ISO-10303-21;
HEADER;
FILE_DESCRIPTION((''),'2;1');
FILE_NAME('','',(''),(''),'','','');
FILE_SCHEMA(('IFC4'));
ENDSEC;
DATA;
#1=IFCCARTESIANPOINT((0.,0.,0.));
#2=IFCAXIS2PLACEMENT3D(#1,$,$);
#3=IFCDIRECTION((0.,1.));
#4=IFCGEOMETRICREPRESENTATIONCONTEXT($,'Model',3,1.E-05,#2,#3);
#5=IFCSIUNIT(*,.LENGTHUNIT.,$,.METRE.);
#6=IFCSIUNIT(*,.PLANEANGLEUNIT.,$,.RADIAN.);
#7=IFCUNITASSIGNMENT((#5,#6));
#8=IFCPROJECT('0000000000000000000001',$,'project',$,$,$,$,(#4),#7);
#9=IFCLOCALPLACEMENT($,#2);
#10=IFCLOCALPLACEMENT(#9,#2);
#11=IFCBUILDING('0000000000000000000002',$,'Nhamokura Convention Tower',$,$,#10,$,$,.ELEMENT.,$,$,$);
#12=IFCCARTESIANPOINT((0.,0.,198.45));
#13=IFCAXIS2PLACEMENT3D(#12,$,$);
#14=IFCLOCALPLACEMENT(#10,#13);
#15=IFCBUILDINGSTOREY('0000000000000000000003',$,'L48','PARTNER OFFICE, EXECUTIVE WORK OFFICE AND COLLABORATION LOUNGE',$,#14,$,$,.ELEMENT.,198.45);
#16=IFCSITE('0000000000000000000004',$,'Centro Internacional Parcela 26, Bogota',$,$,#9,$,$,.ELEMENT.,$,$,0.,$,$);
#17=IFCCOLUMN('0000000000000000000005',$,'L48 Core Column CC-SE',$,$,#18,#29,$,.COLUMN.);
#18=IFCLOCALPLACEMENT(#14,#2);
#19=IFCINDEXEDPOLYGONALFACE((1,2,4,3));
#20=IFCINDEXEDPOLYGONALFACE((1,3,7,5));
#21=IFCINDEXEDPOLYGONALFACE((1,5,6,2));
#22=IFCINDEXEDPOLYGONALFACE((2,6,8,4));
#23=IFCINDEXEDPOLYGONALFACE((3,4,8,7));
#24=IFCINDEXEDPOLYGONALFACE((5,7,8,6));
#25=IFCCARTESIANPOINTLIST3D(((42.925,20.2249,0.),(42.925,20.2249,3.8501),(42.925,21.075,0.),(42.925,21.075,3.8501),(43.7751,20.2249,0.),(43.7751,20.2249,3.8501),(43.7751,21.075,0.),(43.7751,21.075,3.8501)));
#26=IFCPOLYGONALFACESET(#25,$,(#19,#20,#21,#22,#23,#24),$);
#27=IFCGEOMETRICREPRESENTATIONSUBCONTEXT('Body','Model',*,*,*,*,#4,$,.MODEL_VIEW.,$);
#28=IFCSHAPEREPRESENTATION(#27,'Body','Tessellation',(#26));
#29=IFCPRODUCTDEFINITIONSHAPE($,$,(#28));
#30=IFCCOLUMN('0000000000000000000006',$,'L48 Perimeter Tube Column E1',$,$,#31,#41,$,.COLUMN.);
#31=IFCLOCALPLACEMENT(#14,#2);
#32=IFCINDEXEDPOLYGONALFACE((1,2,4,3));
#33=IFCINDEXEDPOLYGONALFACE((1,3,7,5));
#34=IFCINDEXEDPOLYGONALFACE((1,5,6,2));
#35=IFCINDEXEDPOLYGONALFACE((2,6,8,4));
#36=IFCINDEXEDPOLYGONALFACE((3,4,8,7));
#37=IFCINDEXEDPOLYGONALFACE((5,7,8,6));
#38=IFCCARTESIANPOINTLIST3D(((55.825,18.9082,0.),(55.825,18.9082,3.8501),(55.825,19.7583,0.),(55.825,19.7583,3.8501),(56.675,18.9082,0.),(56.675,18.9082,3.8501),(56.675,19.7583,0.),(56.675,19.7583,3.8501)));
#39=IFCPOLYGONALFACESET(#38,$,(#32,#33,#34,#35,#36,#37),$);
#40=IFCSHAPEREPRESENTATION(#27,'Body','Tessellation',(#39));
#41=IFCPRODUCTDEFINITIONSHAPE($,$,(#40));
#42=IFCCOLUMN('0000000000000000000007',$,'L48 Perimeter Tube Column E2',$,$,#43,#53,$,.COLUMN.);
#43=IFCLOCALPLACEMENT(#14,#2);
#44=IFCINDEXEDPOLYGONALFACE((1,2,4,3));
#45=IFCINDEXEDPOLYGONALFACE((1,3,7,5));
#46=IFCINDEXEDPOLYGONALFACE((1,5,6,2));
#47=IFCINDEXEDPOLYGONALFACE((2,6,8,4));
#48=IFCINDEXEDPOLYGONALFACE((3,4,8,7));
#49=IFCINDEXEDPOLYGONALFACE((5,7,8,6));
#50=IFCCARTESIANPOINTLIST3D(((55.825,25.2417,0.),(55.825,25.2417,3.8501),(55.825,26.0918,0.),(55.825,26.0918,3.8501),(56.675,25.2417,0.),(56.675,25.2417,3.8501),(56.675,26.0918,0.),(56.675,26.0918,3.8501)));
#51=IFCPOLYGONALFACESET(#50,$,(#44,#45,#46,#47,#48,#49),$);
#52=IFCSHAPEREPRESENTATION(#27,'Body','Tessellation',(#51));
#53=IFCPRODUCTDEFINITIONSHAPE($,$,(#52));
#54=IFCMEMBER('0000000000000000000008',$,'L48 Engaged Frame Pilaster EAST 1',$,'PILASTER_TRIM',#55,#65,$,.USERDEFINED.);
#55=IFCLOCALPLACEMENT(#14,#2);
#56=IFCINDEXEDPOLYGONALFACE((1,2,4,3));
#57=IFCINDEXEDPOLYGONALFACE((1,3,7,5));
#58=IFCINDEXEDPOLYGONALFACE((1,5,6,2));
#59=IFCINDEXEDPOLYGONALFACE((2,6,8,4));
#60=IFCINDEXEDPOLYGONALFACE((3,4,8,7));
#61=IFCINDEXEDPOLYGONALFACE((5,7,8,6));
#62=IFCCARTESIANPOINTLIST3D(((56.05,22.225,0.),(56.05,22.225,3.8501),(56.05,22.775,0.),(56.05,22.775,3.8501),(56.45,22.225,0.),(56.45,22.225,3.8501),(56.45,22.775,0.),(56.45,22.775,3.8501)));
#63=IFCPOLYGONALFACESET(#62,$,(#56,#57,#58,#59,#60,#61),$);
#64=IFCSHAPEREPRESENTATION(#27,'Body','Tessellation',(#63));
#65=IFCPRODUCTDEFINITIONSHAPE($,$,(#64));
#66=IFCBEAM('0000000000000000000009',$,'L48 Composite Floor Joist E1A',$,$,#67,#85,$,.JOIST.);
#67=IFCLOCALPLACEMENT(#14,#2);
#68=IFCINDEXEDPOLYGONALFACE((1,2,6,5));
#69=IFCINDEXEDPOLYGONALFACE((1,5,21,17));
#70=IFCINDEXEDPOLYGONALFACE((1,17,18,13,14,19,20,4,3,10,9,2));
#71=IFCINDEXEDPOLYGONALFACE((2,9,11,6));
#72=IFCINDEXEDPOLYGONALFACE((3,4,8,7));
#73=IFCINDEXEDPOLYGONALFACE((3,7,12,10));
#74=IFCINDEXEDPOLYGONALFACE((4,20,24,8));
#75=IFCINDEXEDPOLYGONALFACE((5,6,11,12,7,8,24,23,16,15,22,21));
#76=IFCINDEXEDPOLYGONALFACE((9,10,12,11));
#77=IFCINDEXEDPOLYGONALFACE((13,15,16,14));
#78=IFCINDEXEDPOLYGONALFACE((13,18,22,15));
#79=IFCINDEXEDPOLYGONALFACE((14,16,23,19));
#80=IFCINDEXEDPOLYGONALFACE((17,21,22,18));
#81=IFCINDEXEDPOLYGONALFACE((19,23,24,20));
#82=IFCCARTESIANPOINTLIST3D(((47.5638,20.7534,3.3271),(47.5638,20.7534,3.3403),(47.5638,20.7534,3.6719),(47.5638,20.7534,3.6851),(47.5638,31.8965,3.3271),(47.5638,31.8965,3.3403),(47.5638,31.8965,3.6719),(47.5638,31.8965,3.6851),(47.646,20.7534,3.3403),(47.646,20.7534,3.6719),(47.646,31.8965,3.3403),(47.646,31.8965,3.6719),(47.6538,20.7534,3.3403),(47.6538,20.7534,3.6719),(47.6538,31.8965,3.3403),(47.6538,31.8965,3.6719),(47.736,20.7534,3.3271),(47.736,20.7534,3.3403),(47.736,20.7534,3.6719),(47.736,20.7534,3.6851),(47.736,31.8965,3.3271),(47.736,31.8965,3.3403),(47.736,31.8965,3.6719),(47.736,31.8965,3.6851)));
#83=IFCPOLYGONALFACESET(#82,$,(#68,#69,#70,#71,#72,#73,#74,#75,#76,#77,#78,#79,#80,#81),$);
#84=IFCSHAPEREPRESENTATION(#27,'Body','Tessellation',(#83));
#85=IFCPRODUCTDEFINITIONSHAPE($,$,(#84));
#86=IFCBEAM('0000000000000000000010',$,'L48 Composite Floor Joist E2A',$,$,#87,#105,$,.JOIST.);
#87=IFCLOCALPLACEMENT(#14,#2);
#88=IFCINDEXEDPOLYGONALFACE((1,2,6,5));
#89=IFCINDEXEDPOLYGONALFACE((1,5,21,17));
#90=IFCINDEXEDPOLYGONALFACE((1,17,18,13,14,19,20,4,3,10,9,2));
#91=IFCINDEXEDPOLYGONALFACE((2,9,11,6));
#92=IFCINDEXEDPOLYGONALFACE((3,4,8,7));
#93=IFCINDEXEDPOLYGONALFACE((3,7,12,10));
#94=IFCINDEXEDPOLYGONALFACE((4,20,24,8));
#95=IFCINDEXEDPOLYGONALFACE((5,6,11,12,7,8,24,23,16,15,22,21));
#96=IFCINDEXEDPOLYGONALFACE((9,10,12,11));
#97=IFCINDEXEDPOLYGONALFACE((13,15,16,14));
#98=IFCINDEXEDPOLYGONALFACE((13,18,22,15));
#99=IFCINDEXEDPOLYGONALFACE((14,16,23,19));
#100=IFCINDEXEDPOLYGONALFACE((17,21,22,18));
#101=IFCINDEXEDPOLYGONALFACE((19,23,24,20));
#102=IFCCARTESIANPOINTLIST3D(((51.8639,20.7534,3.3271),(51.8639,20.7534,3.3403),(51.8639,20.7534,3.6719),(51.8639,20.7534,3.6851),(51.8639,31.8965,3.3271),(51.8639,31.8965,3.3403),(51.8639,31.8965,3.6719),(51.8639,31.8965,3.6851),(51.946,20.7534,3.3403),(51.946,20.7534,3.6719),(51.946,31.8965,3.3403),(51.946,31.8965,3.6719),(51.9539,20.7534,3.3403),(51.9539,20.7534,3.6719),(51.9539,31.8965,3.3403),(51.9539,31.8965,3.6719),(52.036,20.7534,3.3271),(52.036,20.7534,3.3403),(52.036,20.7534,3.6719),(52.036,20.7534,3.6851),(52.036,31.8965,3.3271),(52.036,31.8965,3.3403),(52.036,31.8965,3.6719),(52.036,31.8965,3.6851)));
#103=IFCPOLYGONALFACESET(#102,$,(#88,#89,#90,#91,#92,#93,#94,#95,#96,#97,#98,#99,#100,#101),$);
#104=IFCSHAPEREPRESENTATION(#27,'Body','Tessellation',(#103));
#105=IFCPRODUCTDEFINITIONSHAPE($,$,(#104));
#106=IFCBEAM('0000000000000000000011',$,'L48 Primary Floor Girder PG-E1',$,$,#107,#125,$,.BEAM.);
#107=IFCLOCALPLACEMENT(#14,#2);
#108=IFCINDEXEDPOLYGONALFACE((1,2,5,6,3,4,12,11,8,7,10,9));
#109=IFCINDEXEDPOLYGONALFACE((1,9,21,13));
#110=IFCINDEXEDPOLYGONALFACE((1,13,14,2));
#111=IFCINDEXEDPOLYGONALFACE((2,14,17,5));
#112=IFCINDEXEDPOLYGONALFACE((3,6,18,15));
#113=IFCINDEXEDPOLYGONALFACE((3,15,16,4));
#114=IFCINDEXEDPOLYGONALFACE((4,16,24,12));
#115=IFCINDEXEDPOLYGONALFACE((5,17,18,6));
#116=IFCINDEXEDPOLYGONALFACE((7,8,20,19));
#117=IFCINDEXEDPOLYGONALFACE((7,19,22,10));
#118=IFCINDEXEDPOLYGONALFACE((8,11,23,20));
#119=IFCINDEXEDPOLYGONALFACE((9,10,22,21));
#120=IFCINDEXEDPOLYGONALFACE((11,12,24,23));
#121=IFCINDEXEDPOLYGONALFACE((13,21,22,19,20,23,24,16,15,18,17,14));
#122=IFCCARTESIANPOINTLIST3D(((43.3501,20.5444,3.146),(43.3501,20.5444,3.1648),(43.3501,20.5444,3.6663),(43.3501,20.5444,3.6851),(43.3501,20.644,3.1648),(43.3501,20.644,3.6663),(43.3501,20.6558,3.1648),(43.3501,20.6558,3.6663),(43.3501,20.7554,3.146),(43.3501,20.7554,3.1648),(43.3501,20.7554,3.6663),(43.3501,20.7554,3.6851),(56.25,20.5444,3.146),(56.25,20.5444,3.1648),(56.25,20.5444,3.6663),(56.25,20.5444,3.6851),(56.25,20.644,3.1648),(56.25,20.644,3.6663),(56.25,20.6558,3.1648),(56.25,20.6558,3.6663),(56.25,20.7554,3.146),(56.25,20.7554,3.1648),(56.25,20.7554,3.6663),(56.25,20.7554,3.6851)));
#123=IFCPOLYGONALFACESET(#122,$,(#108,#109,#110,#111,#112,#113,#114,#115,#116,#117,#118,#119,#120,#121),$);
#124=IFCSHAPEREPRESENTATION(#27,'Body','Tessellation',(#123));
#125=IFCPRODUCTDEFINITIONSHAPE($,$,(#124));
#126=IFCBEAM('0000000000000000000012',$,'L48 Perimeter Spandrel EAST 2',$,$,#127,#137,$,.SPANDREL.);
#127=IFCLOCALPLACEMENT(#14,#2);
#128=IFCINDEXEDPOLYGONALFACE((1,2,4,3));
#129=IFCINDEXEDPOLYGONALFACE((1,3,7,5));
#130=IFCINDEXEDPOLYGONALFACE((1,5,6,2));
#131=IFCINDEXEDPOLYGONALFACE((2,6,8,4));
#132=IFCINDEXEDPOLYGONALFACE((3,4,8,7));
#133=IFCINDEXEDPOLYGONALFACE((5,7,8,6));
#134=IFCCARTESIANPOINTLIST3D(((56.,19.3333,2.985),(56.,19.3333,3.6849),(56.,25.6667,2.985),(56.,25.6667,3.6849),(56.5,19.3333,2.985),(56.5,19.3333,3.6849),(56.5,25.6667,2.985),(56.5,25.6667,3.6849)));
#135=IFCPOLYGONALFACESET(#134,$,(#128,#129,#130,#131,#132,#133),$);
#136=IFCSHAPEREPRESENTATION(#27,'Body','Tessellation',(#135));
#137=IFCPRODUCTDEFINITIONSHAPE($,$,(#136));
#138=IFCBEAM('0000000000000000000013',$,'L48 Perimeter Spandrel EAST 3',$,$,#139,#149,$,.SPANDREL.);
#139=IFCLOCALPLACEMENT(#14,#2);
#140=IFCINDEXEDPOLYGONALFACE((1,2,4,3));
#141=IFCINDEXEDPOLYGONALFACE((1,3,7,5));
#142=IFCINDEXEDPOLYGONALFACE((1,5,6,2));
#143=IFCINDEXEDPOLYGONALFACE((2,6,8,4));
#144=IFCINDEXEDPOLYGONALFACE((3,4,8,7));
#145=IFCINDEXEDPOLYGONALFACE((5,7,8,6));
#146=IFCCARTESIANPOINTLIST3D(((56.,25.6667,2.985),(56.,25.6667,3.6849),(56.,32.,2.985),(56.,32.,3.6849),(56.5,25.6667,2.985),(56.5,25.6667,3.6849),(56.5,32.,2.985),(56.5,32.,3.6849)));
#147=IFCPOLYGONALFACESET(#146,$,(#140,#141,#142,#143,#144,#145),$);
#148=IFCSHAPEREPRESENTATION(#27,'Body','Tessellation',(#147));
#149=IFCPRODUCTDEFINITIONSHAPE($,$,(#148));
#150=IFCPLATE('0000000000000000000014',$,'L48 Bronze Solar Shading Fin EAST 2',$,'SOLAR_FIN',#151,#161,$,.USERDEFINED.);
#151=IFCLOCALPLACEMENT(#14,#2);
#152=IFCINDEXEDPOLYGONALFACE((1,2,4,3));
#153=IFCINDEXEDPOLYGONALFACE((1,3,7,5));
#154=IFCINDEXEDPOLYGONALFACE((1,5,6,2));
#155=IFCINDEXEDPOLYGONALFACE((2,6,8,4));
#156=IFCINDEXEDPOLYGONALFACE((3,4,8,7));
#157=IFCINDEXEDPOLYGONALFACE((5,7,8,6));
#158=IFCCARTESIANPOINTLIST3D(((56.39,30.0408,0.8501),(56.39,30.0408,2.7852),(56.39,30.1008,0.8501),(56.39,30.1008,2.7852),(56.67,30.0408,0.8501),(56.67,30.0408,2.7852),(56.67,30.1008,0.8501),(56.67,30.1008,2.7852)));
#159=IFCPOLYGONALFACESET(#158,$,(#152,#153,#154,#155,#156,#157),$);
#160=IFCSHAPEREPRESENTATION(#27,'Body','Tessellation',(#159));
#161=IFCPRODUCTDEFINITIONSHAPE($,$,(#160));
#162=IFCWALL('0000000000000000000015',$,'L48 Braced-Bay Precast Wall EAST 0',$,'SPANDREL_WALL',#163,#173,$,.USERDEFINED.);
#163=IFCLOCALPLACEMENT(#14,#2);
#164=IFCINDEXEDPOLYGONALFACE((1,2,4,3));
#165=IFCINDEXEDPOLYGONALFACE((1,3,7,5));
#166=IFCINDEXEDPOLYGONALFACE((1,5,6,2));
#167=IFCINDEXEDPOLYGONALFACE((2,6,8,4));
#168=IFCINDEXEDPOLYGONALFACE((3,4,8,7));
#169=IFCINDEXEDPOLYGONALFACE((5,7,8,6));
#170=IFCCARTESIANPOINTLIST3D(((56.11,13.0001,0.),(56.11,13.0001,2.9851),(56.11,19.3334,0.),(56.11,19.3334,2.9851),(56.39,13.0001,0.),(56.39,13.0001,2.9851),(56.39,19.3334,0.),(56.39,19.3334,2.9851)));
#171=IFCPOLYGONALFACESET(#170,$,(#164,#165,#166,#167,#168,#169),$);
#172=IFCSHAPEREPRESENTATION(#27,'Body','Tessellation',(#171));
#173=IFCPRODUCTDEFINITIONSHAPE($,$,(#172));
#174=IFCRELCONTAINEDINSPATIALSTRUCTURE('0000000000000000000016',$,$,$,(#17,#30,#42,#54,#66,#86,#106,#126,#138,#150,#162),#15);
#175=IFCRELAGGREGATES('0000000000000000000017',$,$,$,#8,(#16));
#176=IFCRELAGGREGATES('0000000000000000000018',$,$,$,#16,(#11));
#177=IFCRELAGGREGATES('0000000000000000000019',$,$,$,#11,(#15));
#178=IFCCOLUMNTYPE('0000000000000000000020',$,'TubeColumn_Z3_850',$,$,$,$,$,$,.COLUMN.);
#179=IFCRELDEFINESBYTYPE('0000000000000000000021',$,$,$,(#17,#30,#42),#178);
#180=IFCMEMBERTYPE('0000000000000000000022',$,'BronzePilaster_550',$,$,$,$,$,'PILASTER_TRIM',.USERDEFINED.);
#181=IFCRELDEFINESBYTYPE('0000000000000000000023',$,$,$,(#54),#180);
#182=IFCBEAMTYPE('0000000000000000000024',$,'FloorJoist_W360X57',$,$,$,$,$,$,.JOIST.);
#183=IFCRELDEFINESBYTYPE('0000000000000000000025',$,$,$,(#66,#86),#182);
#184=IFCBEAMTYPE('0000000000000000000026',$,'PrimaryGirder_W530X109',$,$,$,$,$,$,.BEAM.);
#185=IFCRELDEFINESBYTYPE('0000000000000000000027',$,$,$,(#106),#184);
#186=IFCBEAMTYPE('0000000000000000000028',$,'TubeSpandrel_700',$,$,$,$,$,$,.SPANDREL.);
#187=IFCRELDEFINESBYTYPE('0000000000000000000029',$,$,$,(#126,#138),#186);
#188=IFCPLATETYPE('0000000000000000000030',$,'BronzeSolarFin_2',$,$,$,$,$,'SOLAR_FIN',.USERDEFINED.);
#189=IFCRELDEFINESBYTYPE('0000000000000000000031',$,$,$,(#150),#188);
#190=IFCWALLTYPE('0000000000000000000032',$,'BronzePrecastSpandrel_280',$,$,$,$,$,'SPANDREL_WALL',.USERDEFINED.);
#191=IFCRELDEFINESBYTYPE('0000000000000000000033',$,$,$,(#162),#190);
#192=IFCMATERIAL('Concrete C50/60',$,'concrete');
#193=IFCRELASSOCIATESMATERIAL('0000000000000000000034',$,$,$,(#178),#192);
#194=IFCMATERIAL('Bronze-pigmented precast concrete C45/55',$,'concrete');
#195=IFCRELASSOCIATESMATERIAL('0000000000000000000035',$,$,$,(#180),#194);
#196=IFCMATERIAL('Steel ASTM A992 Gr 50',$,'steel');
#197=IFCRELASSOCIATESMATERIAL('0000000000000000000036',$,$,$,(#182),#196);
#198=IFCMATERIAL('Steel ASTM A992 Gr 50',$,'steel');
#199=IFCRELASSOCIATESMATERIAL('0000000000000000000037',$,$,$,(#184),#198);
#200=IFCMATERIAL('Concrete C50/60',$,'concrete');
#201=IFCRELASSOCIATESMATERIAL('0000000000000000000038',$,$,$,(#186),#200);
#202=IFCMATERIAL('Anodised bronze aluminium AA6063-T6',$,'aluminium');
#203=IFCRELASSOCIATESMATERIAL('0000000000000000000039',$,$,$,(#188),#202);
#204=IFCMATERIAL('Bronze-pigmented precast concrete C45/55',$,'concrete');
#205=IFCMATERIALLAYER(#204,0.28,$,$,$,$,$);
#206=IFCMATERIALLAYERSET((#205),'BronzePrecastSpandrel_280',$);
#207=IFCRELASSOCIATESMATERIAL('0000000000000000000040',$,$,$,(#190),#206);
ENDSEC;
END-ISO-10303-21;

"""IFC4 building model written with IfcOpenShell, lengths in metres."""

from ifc_helpers import new_model, si_unit, direction, frame, frame_2d, origin, origin_2d, place, context, subcontext, project, spatial, rectangle, i_section, extrude, material, layer, layer_set, material_profile, profile_set, type_object, element, save


model = new_model("IFC4")

# Units and contexts
model_context = context("Model", 3, precision=1e-05, world=origin(), true_north=direction((0.0, 1.0)))
body_context = subcontext(model_context, "Body", "Model", "MODEL_VIEW")
ifc_project = project(units=[si_unit("LENGTHUNIT", "METRE"), si_unit("PLANEANGLEUNIT", "RADIAN")], contexts=[model_context])

# Site, building, storey
site_placement = place(None, origin())
site = spatial("IfcSite", under=ifc_project, at=site_placement, Name="Centro Internacional Parcela 26, Bogota", CompositionType="ELEMENT", RefElevation=0.0)
building_placement = place(site_placement, origin())
building = spatial("IfcBuilding", under=site, at=building_placement, Name="Nhamokura Convention Tower", CompositionType="ELEMENT")
storey_placement = place(building_placement, frame((0.0, 0.0, 198.45)))
storey = spatial("IfcBuildingStorey", under=building, at=storey_placement, Name="L48", Description="PARTNER OFFICE, EXECUTIVE WORK OFFICE AND COLLABORATION LOUNGE", CompositionType="ELEMENT", Elevation=198.45)

# Columns
ifc_material_1 = material(Name="Concrete C50/60", Category="concrete")
ifc_material_profile_1 = material_profile(ifc_material_1, rectangle(XDim=0.8501, YDim=0.8501, at=origin_2d()))
ifc_profile_set_1 = profile_set([ifc_material_profile_1], Name="Concrete C50/60")
column_type = type_object("IfcColumnType", Name="TubeColumn_Z3_850", PredefinedType="COLUMN", material=ifc_profile_set_1)
for number, where, z_axis, x_axis, name in (
    (1, (43.3501, 20.6499, 0.0), (0.0, 0.0, 1.0), (1.0, 0.0, 0.0), "L48 Core Column CC-SE"),
    (2, (56.25, 19.3333, 0.0), (0.0, 0.0, 1.0), (1.0, 0.0, 0.0), "L48 Perimeter Tube Column E1"),
    (3, (56.25, 25.6667, 0.0), (0.0, 0.0, 1.0), (1.0, 0.0, 0.0), "L48 Perimeter Tube Column E2"),
):
    element("IfcColumn", number, at=place(storey_placement, frame(where, z_axis=z_axis, x_axis=x_axis)), inside=storey, type_object=column_type, Name=name, PredefinedType="COLUMN", context=body_context, shape_type="SweptSolid", body=[
        extrude(rectangle(XDim=0.8501, YDim=0.8501, at=origin_2d()), origin(), (0.0, 0.0, 1.0), 3.8501),
    ])

# Member
ifc_material_2 = material(Name="Bronze-pigmented precast concrete C45/55", Category="concrete")
ifc_material_profile_2 = material_profile(ifc_material_2, rectangle(XDim=0.3999, YDim=0.55, at=origin_2d()))
ifc_profile_set_2 = profile_set([ifc_material_profile_2], Name="Bronze-pigmented precast concrete C45/55")
member_type = type_object("IfcMemberType", Name="BronzePilaster_550", ElementType="PILASTER_TRIM", PredefinedType="USERDEFINED", material=ifc_profile_set_2)
member_placement = place(storey_placement, frame((56.25, 22.5, 0.0), z_axis=(0.0, 0.0, 1.0), x_axis=(1.0, 0.0, 0.0)))
element("IfcMember", 4, at=member_placement, inside=storey, type_object=member_type, Name="L48 Engaged Frame Pilaster EAST 1", ObjectType="PILASTER_TRIM", PredefinedType="USERDEFINED", context=body_context, shape_type="SweptSolid", body=[
    extrude(rectangle(XDim=0.3999, YDim=0.55, at=origin_2d()), origin(), (0.0, 0.0, 1.0), 3.8501),
])

# Beams
ifc_material_3 = material(Name="Steel ASTM A992 Gr 50", Category="steel")
ifc_material_profile_3 = material_profile(ifc_material_3, i_section(OverallWidth=0.1721, OverallDepth=0.3579, WebThickness=0.0078, FlangeThickness=0.0132, at=origin_2d()))
ifc_profile_set_3 = profile_set([ifc_material_profile_3], Name="Steel ASTM A992 Gr 50")
beam_type_1 = type_object("IfcBeamType", Name="FloorJoist_W360X57", PredefinedType="JOIST", material=ifc_profile_set_3)
for number, where, z_axis, x_axis, name in (
    (5, (47.6499, 20.7534, 3.5061), (0.0, 1.0, 0.0), (-1.0, 0.0, 0.0), "L48 Composite Floor Joist E1A"),
    (6, (51.95, 20.7534, 3.5061), (0.0, 1.0, 0.0), (-1.0, 0.0, 0.0), "L48 Composite Floor Joist E2A"),
):
    element("IfcBeam", number, at=place(storey_placement, frame(where, z_axis=z_axis, x_axis=x_axis)), inside=storey, type_object=beam_type_1, Name=name, PredefinedType="JOIST", context=body_context, shape_type="SweptSolid", body=[
        extrude(i_section(OverallWidth=0.1721, OverallDepth=0.3579, WebThickness=0.0078, FlangeThickness=0.0132, at=origin_2d()), origin(), (0.0, 0.0, 1.0), 11.1431),
    ])
ifc_material_4 = material(Name="Steel ASTM A992 Gr 50", Category="steel")
ifc_material_profile_4 = material_profile(ifc_material_4, i_section(OverallWidth=0.2109, OverallDepth=0.5391, WebThickness=0.0117, FlangeThickness=0.0188, at=origin_2d()))
ifc_profile_set_4 = profile_set([ifc_material_profile_4], Name="Steel ASTM A992 Gr 50")
beam_type_2 = type_object("IfcBeamType", Name="PrimaryGirder_W530X109", PredefinedType="BEAM", material=ifc_profile_set_4)
beam_1_placement = place(storey_placement, frame((43.3501, 20.6499, 3.4155), z_axis=(1.0, 0.0, 0.0), x_axis=(0.0, 1.0, 0.0)))
element("IfcBeam", 7, at=beam_1_placement, inside=storey, type_object=beam_type_2, Name="L48 Primary Floor Girder PG-E1", PredefinedType="BEAM", context=body_context, shape_type="SweptSolid", body=[
    extrude(i_section(OverallWidth=0.2109, OverallDepth=0.5391, WebThickness=0.0117, FlangeThickness=0.0188, at=origin_2d()), origin(), (0.0, 0.0, 1.0), 12.8999),
])
ifc_material_5 = material(Name="Concrete C50/60", Category="concrete")
ifc_material_profile_5 = material_profile(ifc_material_5, rectangle(XDim=0.5, YDim=0.7, at=origin_2d()))
ifc_profile_set_5 = profile_set([ifc_material_profile_5], Name="Concrete C50/60")
beam_type_3 = type_object("IfcBeamType", Name="TubeSpandrel_700", PredefinedType="SPANDREL", material=ifc_profile_set_5)
beam_2_placement = place(storey_placement, frame((56.25, 19.3333, 3.335), z_axis=(0.0, 1.0, 0.0), x_axis=(-1.0, 0.0, 0.0)))
element("IfcBeam", 8, at=beam_2_placement, inside=storey, type_object=beam_type_3, Name="L48 Perimeter Spandrel EAST 2", PredefinedType="SPANDREL", context=body_context, shape_type="SweptSolid", body=[
    extrude(rectangle(XDim=0.5, YDim=0.7, at=origin_2d()), origin(), (0.0, 0.0, 1.0), 6.3335),
])
beam_3_placement = place(storey_placement, frame((56.25, 25.6667, 3.335), z_axis=(0.0, 1.0, 0.0), x_axis=(-1.0, 0.0, 0.0)))
element("IfcBeam", 9, at=beam_3_placement, inside=storey, type_object=beam_type_3, Name="L48 Perimeter Spandrel EAST 3", PredefinedType="SPANDREL", context=body_context, shape_type="SweptSolid", body=[
    extrude(rectangle(XDim=0.5, YDim=0.7, at=origin_2d()), origin(), (0.0, 0.0, 1.0), 6.3333),
])

# Plate
ifc_material_6 = material(Name="Anodised bronze aluminium AA6063-T6", Category="aluminium")
plate_type = type_object("IfcPlateType", Name="BronzeSolarFin_2", ElementType="SOLAR_FIN", PredefinedType="USERDEFINED", material=ifc_material_6)
plate_placement = place(storey_placement, frame((56.53, 30.0708, 0.8501), z_axis=(0.0, 0.0, 1.0), x_axis=(1.0, 0.0, 0.0)))
element("IfcPlate", 10, at=plate_placement, inside=storey, type_object=plate_type, Name="L48 Bronze Solar Shading Fin EAST 2", ObjectType="SOLAR_FIN", PredefinedType="USERDEFINED", context=body_context, shape_type="SweptSolid", body=[
    extrude(rectangle(XDim=0.28, YDim=0.0601, at=origin_2d()), origin(), (0.0, 0.0, 1.0), 1.9351),
])

# Wall
ifc_material_7 = material(Name="Bronze-pigmented precast concrete C45/55", Category="concrete")
ifc_layer_1 = layer(ifc_material_7, 0.28)
ifc_layer_set_1 = layer_set([ifc_layer_1], Name="BronzePrecastSpandrel_280")
wall_type_1 = type_object("IfcWallType", Name="BronzePrecastSpandrel_280", ElementType="SPANDREL_WALL", PredefinedType="USERDEFINED", material=ifc_layer_set_1)
wall_1_placement = place(storey_placement, frame((56.25, 19.3333, 0.0), z_axis=(0.0, 0.0, 1.0), x_axis=(0.0, -1.0, 0.0)))
element("IfcWall", 11, at=wall_1_placement, inside=storey, type_object=wall_type_1, Name="L48 Braced-Bay Precast Wall EAST 0", ObjectType="SPANDREL_WALL", PredefinedType="USERDEFINED", context=body_context, shape_type="SweptSolid", body=[
    extrude(rectangle(XDim=6.3333, YDim=0.28, at=frame_2d((3.1665, 0.0))), origin(), (0.0, 0.0, 1.0), 2.9851),
])

save(model, "model.ifc")
